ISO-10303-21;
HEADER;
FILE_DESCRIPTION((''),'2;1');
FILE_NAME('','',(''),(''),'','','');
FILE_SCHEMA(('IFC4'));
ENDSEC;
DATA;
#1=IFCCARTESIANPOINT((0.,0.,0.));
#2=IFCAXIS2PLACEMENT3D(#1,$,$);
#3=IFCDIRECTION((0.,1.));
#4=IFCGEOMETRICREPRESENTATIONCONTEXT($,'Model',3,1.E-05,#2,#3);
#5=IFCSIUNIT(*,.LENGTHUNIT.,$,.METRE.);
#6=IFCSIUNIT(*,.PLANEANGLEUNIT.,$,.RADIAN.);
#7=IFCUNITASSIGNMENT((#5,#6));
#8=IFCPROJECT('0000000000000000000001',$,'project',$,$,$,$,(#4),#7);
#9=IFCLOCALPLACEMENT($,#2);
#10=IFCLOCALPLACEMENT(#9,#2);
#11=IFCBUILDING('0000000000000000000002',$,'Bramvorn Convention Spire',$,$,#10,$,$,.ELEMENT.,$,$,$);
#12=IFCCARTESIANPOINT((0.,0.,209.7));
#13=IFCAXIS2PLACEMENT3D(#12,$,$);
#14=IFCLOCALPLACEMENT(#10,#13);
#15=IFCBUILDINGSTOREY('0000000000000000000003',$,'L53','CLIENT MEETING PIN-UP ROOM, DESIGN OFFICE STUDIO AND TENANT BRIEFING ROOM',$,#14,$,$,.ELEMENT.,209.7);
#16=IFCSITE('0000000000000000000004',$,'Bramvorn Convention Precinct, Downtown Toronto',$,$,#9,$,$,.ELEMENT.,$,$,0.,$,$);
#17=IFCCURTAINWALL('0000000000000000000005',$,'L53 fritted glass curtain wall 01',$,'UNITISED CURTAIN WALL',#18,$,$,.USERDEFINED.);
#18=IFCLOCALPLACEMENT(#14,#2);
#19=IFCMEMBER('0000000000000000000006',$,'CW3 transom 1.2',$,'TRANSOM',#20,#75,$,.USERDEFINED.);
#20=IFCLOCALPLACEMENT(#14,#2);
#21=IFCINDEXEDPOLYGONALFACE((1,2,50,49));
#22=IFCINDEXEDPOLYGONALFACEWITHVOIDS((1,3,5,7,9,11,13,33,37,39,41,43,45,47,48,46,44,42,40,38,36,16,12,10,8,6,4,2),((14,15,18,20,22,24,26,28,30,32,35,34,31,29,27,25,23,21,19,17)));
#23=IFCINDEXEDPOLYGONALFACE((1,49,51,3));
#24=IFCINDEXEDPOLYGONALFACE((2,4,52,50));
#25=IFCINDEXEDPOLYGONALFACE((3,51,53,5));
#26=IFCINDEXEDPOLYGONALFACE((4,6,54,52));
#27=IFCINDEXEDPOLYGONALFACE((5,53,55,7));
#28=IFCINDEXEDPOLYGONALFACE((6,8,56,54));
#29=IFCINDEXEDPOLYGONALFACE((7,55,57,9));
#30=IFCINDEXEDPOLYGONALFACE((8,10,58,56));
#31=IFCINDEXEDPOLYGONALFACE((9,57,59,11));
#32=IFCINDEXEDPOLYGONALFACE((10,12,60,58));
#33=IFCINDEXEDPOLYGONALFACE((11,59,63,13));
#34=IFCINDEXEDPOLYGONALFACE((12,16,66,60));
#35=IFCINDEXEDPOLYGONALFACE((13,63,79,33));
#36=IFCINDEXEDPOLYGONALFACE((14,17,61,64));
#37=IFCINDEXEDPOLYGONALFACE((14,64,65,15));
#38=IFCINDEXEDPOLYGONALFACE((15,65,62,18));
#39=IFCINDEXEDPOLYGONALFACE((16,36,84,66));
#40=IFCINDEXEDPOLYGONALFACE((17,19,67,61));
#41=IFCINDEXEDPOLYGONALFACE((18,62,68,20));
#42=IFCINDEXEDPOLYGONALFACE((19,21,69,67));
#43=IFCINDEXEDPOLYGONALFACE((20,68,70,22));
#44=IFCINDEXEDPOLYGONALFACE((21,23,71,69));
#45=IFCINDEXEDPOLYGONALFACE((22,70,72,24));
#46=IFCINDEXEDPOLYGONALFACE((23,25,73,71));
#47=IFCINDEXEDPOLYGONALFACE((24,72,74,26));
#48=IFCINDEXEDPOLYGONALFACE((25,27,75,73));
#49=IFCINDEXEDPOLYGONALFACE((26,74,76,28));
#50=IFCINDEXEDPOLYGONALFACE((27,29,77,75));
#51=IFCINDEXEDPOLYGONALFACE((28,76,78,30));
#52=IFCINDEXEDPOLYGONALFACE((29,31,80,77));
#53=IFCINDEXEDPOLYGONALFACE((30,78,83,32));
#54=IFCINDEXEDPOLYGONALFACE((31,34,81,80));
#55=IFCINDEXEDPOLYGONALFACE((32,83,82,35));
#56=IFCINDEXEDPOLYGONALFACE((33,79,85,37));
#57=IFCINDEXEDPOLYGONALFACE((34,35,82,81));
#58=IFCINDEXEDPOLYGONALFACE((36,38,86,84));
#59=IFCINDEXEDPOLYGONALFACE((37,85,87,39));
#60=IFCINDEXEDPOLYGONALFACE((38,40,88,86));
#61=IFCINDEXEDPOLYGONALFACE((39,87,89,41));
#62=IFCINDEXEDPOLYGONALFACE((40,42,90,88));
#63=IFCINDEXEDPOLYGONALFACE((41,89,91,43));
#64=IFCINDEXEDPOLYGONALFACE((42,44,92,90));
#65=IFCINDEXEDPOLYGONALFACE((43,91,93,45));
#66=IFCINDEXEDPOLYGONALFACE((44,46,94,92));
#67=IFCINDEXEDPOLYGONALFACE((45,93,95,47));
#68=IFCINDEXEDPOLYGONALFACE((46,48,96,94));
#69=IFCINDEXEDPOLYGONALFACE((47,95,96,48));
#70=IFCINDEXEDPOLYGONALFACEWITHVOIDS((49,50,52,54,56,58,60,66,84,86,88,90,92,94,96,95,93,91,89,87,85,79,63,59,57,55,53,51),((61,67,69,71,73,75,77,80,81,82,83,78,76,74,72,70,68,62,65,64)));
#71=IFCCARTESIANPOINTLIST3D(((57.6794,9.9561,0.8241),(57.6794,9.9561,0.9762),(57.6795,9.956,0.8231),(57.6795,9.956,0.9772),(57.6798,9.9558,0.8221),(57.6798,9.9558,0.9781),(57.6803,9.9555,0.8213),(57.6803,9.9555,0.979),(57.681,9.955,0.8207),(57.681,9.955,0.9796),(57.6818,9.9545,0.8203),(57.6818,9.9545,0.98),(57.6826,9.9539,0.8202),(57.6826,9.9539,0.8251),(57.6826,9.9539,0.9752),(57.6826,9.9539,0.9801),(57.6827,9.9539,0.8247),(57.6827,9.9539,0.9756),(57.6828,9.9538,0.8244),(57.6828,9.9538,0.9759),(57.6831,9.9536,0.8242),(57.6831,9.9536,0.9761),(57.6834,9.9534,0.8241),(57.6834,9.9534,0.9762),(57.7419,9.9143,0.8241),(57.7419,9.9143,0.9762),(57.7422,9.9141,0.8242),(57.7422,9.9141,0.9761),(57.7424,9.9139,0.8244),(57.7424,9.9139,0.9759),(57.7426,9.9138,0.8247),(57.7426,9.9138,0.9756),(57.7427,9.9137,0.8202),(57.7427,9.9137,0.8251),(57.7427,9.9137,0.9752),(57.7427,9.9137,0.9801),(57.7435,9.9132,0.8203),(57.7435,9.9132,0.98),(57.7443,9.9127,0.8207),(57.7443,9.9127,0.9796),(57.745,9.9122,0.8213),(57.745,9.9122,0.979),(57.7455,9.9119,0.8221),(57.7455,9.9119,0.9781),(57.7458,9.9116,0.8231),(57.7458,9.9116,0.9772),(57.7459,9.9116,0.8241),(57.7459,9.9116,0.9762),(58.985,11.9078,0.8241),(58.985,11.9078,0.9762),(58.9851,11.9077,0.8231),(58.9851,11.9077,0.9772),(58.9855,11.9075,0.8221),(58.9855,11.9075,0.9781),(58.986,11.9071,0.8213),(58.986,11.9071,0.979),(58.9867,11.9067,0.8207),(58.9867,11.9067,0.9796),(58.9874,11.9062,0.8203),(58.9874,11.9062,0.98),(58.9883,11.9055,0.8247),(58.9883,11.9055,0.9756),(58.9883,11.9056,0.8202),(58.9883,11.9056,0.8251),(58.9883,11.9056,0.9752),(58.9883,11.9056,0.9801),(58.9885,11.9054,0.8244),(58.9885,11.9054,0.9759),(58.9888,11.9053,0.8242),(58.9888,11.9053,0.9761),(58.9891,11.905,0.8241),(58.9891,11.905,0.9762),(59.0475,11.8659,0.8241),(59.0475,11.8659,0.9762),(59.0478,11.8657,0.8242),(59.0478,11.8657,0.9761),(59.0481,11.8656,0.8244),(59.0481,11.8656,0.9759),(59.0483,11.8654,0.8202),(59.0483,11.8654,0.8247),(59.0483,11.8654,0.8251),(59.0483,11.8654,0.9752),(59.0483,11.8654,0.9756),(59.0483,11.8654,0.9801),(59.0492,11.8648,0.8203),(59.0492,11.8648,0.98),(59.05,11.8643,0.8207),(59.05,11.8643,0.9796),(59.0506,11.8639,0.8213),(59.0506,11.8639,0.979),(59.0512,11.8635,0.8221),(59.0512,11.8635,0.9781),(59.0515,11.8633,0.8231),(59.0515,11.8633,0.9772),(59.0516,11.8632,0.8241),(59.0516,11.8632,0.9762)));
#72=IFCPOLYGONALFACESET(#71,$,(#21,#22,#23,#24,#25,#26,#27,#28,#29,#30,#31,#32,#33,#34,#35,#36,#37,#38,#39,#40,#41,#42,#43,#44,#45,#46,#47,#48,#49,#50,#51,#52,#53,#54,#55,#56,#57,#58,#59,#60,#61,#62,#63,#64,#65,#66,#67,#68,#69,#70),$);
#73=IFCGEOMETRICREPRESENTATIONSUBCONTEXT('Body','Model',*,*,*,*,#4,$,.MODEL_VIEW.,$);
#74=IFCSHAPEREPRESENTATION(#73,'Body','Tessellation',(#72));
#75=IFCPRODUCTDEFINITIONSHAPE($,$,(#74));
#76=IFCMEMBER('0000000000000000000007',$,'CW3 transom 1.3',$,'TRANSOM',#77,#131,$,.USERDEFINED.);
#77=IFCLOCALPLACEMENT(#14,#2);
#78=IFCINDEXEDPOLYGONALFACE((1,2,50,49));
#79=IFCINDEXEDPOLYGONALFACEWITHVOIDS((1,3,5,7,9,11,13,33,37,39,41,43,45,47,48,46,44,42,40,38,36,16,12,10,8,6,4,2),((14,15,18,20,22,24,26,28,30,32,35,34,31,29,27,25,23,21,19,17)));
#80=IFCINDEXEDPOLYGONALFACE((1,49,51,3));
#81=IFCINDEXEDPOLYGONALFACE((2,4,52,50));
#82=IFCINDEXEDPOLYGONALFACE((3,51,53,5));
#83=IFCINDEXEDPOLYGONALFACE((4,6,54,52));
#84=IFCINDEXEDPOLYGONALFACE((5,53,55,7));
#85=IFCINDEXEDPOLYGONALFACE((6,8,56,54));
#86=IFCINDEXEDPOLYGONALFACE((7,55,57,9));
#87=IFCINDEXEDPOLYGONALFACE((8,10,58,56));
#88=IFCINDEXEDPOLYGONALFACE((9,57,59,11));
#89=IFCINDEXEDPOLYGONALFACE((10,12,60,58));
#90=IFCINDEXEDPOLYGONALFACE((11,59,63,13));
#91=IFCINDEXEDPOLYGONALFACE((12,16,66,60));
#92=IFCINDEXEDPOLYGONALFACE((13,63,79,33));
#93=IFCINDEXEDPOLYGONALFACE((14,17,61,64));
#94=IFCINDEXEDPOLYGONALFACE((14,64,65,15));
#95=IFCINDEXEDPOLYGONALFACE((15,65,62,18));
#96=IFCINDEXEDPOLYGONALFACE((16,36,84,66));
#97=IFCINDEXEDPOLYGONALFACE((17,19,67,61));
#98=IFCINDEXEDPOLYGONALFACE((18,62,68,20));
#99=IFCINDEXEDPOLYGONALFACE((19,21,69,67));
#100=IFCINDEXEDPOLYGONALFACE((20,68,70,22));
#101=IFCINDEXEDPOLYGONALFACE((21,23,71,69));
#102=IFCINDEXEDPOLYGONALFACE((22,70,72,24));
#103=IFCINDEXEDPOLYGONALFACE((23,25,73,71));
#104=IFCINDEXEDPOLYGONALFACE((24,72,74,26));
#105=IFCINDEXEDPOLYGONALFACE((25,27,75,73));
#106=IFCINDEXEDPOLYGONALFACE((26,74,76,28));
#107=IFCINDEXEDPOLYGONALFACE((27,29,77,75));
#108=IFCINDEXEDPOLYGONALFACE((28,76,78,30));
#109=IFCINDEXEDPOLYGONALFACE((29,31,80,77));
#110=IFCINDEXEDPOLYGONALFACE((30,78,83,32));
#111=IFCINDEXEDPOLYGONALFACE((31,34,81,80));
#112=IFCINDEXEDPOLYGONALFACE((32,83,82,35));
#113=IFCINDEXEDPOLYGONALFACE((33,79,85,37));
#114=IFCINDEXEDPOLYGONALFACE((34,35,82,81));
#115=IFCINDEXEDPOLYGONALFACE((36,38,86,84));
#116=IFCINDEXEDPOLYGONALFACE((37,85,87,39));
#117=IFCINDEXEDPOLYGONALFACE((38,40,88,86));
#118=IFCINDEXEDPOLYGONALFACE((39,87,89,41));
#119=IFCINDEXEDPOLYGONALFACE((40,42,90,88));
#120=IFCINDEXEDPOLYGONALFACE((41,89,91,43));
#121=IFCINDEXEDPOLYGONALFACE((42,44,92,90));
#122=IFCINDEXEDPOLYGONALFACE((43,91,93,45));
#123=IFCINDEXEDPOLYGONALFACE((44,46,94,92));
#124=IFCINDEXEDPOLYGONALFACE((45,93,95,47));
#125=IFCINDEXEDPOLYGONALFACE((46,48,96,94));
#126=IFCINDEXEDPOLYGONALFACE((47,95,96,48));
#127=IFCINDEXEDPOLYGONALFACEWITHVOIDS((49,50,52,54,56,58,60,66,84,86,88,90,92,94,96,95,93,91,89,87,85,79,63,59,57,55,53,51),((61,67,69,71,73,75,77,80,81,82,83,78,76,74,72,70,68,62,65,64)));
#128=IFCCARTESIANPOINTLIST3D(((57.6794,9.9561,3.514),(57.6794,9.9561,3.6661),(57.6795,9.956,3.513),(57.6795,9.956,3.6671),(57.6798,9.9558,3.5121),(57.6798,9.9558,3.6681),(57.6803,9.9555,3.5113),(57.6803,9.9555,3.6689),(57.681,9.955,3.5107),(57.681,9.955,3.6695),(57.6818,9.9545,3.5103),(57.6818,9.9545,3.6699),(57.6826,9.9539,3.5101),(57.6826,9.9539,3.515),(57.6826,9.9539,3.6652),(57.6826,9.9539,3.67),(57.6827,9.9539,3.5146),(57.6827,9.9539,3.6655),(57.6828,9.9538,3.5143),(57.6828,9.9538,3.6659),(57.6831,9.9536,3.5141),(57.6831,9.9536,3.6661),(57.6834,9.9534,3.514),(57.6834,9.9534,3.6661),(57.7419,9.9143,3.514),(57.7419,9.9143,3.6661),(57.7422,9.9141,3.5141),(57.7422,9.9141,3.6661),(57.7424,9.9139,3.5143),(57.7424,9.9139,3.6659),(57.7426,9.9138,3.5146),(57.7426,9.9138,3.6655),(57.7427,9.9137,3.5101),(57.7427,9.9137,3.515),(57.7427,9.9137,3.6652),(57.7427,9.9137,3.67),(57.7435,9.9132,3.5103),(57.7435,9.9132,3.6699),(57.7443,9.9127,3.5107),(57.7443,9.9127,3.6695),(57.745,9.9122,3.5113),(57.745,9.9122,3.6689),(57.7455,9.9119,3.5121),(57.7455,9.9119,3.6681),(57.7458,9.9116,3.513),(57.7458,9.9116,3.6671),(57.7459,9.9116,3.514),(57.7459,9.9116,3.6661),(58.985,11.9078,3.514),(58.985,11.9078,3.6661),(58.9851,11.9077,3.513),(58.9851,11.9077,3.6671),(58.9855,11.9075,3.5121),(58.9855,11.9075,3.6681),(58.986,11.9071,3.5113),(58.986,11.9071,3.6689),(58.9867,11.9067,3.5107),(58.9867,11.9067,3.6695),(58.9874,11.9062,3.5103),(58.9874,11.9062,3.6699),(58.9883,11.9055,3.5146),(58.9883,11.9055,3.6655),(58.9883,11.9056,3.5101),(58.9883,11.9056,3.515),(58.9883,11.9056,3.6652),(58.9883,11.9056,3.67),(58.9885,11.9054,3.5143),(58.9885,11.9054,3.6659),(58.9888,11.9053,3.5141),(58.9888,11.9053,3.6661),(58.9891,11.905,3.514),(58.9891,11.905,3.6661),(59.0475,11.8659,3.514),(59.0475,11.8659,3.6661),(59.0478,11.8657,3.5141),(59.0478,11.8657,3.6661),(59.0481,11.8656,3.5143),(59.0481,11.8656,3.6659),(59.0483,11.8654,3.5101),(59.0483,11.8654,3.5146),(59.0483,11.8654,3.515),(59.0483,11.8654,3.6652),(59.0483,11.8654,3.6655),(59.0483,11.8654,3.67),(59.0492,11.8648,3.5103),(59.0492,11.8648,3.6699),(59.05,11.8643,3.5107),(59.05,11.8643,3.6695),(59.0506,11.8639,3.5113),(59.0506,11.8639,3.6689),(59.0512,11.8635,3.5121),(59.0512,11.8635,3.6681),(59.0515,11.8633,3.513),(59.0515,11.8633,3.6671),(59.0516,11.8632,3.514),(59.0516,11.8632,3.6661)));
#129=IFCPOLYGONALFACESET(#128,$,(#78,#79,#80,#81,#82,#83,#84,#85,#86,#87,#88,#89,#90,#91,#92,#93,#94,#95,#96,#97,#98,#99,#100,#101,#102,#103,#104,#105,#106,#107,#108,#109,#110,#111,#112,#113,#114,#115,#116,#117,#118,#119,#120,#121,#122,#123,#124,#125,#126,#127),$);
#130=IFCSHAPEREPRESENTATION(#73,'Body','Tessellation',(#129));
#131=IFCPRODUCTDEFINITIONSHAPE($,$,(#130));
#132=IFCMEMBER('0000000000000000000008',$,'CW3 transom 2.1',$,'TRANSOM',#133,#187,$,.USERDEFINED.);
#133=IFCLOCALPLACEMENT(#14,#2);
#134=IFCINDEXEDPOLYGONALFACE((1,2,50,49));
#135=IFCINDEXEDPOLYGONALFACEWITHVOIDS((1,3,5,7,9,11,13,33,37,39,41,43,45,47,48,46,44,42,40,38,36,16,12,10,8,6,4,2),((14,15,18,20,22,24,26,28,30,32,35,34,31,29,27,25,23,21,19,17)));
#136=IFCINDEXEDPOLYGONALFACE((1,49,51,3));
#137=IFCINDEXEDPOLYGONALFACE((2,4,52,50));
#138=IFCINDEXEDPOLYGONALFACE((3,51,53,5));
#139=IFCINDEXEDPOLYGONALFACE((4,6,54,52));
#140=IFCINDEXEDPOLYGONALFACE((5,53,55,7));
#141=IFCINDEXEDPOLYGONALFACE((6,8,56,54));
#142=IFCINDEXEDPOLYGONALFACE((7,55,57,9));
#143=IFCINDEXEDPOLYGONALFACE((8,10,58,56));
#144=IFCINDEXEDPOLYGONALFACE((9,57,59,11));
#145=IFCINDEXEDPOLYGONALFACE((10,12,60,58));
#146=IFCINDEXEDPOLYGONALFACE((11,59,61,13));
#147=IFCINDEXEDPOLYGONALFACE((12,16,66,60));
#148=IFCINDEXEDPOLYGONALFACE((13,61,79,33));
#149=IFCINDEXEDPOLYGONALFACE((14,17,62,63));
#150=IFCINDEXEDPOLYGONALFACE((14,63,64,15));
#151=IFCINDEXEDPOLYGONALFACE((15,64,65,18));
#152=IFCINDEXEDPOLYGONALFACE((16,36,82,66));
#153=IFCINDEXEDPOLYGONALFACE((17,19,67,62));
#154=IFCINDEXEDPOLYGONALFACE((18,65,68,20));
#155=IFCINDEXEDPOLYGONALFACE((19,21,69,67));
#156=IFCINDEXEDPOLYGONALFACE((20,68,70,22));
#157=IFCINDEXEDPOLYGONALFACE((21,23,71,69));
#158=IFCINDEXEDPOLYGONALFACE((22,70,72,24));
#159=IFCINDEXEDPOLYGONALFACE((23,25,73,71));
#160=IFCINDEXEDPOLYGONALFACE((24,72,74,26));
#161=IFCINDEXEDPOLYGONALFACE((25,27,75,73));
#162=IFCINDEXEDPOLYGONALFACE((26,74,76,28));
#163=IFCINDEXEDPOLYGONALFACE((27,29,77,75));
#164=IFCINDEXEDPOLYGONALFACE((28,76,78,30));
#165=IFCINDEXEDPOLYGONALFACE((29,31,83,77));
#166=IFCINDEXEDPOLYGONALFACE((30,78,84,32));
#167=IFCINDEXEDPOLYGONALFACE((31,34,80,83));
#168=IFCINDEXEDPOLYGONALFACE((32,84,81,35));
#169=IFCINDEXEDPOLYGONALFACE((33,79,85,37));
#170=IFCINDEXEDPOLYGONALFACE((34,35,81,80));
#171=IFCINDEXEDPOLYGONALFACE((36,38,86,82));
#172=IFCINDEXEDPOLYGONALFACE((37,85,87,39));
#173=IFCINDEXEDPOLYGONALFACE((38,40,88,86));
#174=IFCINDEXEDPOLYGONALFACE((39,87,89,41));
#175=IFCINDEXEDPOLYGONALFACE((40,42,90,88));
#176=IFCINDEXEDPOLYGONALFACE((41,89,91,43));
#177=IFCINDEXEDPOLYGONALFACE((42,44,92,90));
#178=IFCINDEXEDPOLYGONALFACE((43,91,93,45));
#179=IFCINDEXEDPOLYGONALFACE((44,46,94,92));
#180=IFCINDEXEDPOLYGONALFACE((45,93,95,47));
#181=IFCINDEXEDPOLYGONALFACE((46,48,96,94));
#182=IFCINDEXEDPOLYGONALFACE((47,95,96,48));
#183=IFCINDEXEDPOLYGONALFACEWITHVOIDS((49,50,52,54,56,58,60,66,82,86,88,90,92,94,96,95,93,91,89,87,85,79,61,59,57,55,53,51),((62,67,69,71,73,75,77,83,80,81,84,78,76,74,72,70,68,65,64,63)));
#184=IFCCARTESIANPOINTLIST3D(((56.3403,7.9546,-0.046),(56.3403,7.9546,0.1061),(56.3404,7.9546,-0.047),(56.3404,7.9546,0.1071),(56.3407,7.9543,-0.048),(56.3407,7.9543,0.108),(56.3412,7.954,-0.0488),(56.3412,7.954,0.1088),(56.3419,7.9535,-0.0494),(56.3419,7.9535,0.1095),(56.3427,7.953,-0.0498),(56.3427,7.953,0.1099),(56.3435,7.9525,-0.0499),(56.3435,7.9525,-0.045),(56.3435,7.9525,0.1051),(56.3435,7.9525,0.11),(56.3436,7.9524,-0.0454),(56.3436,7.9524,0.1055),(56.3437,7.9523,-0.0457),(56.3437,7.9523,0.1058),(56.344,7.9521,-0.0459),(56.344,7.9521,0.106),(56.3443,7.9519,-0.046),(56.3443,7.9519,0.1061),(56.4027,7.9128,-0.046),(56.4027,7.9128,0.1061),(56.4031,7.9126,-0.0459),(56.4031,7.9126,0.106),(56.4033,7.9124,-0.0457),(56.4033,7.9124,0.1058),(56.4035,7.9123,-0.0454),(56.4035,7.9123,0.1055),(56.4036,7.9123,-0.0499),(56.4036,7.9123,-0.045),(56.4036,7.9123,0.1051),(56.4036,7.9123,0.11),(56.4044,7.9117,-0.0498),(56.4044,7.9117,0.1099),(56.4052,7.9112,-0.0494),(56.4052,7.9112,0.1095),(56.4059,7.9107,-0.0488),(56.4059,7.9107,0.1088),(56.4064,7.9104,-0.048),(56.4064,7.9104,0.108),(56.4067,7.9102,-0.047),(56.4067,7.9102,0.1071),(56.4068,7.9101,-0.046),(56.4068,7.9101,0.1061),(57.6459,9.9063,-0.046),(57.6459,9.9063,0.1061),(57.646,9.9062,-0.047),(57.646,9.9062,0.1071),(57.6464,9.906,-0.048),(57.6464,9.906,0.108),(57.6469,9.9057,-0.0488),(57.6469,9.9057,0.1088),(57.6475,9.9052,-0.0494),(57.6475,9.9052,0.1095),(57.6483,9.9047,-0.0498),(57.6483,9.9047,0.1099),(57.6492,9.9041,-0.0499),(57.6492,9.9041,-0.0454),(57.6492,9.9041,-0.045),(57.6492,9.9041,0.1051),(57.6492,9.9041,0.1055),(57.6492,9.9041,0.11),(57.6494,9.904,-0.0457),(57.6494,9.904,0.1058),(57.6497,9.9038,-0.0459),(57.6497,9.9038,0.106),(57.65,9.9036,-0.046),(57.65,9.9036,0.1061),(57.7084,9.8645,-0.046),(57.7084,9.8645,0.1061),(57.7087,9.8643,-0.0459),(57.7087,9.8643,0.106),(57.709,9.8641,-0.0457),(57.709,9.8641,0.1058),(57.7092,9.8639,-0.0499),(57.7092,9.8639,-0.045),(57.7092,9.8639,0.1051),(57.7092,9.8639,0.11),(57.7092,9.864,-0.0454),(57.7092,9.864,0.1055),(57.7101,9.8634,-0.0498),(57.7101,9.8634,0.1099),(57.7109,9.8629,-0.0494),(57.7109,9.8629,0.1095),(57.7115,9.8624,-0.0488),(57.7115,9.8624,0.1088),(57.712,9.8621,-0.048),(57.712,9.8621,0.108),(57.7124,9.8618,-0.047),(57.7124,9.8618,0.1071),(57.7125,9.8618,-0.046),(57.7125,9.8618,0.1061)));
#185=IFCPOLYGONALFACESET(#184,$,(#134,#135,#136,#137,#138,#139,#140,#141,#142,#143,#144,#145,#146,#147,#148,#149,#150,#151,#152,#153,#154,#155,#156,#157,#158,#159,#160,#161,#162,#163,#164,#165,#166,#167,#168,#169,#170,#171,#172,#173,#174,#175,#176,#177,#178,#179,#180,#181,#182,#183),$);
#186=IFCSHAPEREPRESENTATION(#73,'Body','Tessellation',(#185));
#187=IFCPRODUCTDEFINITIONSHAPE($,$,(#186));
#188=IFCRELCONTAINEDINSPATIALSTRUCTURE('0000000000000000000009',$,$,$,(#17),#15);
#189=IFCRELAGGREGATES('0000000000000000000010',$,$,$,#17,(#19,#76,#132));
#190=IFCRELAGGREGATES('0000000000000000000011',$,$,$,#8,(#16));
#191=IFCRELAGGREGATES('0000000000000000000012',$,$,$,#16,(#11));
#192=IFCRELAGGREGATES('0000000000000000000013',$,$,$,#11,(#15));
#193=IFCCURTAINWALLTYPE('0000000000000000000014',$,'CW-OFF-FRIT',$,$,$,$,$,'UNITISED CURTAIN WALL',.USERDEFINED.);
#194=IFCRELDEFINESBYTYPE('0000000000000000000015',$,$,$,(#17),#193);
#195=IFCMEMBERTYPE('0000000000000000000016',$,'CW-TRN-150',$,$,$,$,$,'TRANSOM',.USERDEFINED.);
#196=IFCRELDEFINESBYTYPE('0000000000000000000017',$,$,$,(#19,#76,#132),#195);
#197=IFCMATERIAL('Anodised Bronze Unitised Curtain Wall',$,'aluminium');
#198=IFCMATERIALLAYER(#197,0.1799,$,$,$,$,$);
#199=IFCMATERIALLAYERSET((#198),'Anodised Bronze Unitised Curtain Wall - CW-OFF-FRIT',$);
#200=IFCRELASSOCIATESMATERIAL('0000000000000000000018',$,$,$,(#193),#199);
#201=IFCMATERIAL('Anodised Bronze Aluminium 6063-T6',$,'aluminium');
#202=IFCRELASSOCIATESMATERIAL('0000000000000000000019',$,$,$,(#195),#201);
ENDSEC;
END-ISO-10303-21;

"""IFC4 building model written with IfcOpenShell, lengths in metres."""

from ifc_helpers import new_model, si_unit, direction, frame, origin, origin_2d, place, context, subcontext, project, spatial, hollow_rectangle, extrude, material, layer, layer_set, material_profile, profile_set, type_object, element, aggregate, save


model = new_model("IFC4")

# Units and contexts
model_context = context("Model", 3, precision=1e-05, world=origin(), true_north=direction((0.0, 1.0)))
body_context = subcontext(model_context, "Body", "Model", "MODEL_VIEW")
ifc_project = project(units=[si_unit("LENGTHUNIT", "METRE"), si_unit("PLANEANGLEUNIT", "RADIAN")], contexts=[model_context])

# Site, building, storey
site_placement = place(None, origin())
site = spatial("IfcSite", under=ifc_project, at=site_placement, Name="Bramvorn Convention Precinct, Downtown Toronto", CompositionType="ELEMENT", RefElevation=0.0)
building_placement = place(site_placement, origin())
building = spatial("IfcBuilding", under=site, at=building_placement, Name="Bramvorn Convention Spire", CompositionType="ELEMENT")
storey_placement = place(building_placement, frame((0.0, 0.0, 209.7)))
storey = spatial("IfcBuildingStorey", under=building, at=storey_placement, Name="L53", Description="CLIENT MEETING PIN-UP ROOM, DESIGN OFFICE STUDIO AND TENANT BRIEFING ROOM", CompositionType="ELEMENT", Elevation=209.7)

# Curtain wall
ifc_material_1 = material(Name="Anodised Bronze Unitised Curtain Wall", Category="aluminium")
ifc_layer_1 = layer(ifc_material_1, 0.1799)
ifc_layer_set_1 = layer_set([ifc_layer_1], Name="Anodised Bronze Unitised Curtain Wall - CW-OFF-FRIT")
curtain_wall_type = type_object("IfcCurtainWallType", Name="CW-OFF-FRIT", ElementType="UNITISED CURTAIN WALL", PredefinedType="USERDEFINED", material=ifc_layer_set_1)
curtain_wall_1_placement = place(storey_placement, origin())
curtain_wall_1 = element("IfcCurtainWall", 1, at=curtain_wall_1_placement, inside=storey, type_object=curtain_wall_type, Name="L53 fritted glass curtain wall 01", ObjectType="UNITISED CURTAIN WALL", PredefinedType="USERDEFINED")
ifc_material_2 = material(Name="Anodised Bronze Aluminium 6063-T6", Category="aluminium")

# Members
ifc_material_profile_1 = material_profile(ifc_material_2, hollow_rectangle(XDim=0.0801, YDim=0.1599, WallThickness=0.0039, InnerFilletRadius=0.001, OuterFilletRadius=0.0039, at=origin_2d()))
ifc_profile_set_1 = profile_set([ifc_material_profile_1], Name="Anodised Bronze Aluminium 6063-T6 - CWT80X160")
member_type_1 = type_object("IfcMemberType", Name="CW-TRN-150", ElementType="TRANSOM", PredefinedType="USERDEFINED", material=ifc_profile_set_1)
member_1_placement = place(storey_placement, frame((59.0183, 11.8855, 0.9001), z_axis=(-0.556043, -0.831153, 0.0), x_axis=(0.831153, -0.556043, 0.0)))
member_1 = element("IfcMember", 2, at=member_1_placement, type_object=member_type_1, Name="CW3 transom 1.2", ObjectType="TRANSOM", PredefinedType="USERDEFINED", context=body_context, shape_type="SweptSolid", body=[
    extrude(hollow_rectangle(XDim=0.0801, YDim=0.1599, WallThickness=0.0039, InnerFilletRadius=0.001, OuterFilletRadius=0.0039, at=origin_2d()), origin(), (0.0, 0.0, 1.0), 2.3481),
])
member_2_placement = place(storey_placement, frame((59.0183, 11.8855, 3.5901), z_axis=(-0.556043, -0.831153, 0.0), x_axis=(0.831153, -0.556043, 0.0)))
member_2 = element("IfcMember", 3, at=member_2_placement, type_object=member_type_1, Name="CW3 transom 1.3", ObjectType="TRANSOM", PredefinedType="USERDEFINED", context=body_context, shape_type="SweptSolid", body=[
    extrude(hollow_rectangle(XDim=0.0801, YDim=0.1599, WallThickness=0.0039, InnerFilletRadius=0.001, OuterFilletRadius=0.0039, at=origin_2d()), origin(), (0.0, 0.0, 1.0), 2.3481),
])
member_3_placement = place(storey_placement, frame((57.6792, 9.884, 0.03), z_axis=(-0.556043, -0.831153, 0.0), x_axis=(0.831153, -0.556043, 0.0)))
member_3 = element("IfcMember", 4, at=member_3_placement, type_object=member_type_1, Name="CW3 transom 2.1", ObjectType="TRANSOM", PredefinedType="USERDEFINED", context=body_context, shape_type="SweptSolid", body=[
    extrude(hollow_rectangle(XDim=0.0801, YDim=0.1599, WallThickness=0.0039, InnerFilletRadius=0.001, OuterFilletRadius=0.0039, at=origin_2d()), origin(), (0.0, 0.0, 1.0), 2.3481),
])

aggregate(curtain_wall_1, [member_1, member_2, member_3])

save(model, "model.ifc")
